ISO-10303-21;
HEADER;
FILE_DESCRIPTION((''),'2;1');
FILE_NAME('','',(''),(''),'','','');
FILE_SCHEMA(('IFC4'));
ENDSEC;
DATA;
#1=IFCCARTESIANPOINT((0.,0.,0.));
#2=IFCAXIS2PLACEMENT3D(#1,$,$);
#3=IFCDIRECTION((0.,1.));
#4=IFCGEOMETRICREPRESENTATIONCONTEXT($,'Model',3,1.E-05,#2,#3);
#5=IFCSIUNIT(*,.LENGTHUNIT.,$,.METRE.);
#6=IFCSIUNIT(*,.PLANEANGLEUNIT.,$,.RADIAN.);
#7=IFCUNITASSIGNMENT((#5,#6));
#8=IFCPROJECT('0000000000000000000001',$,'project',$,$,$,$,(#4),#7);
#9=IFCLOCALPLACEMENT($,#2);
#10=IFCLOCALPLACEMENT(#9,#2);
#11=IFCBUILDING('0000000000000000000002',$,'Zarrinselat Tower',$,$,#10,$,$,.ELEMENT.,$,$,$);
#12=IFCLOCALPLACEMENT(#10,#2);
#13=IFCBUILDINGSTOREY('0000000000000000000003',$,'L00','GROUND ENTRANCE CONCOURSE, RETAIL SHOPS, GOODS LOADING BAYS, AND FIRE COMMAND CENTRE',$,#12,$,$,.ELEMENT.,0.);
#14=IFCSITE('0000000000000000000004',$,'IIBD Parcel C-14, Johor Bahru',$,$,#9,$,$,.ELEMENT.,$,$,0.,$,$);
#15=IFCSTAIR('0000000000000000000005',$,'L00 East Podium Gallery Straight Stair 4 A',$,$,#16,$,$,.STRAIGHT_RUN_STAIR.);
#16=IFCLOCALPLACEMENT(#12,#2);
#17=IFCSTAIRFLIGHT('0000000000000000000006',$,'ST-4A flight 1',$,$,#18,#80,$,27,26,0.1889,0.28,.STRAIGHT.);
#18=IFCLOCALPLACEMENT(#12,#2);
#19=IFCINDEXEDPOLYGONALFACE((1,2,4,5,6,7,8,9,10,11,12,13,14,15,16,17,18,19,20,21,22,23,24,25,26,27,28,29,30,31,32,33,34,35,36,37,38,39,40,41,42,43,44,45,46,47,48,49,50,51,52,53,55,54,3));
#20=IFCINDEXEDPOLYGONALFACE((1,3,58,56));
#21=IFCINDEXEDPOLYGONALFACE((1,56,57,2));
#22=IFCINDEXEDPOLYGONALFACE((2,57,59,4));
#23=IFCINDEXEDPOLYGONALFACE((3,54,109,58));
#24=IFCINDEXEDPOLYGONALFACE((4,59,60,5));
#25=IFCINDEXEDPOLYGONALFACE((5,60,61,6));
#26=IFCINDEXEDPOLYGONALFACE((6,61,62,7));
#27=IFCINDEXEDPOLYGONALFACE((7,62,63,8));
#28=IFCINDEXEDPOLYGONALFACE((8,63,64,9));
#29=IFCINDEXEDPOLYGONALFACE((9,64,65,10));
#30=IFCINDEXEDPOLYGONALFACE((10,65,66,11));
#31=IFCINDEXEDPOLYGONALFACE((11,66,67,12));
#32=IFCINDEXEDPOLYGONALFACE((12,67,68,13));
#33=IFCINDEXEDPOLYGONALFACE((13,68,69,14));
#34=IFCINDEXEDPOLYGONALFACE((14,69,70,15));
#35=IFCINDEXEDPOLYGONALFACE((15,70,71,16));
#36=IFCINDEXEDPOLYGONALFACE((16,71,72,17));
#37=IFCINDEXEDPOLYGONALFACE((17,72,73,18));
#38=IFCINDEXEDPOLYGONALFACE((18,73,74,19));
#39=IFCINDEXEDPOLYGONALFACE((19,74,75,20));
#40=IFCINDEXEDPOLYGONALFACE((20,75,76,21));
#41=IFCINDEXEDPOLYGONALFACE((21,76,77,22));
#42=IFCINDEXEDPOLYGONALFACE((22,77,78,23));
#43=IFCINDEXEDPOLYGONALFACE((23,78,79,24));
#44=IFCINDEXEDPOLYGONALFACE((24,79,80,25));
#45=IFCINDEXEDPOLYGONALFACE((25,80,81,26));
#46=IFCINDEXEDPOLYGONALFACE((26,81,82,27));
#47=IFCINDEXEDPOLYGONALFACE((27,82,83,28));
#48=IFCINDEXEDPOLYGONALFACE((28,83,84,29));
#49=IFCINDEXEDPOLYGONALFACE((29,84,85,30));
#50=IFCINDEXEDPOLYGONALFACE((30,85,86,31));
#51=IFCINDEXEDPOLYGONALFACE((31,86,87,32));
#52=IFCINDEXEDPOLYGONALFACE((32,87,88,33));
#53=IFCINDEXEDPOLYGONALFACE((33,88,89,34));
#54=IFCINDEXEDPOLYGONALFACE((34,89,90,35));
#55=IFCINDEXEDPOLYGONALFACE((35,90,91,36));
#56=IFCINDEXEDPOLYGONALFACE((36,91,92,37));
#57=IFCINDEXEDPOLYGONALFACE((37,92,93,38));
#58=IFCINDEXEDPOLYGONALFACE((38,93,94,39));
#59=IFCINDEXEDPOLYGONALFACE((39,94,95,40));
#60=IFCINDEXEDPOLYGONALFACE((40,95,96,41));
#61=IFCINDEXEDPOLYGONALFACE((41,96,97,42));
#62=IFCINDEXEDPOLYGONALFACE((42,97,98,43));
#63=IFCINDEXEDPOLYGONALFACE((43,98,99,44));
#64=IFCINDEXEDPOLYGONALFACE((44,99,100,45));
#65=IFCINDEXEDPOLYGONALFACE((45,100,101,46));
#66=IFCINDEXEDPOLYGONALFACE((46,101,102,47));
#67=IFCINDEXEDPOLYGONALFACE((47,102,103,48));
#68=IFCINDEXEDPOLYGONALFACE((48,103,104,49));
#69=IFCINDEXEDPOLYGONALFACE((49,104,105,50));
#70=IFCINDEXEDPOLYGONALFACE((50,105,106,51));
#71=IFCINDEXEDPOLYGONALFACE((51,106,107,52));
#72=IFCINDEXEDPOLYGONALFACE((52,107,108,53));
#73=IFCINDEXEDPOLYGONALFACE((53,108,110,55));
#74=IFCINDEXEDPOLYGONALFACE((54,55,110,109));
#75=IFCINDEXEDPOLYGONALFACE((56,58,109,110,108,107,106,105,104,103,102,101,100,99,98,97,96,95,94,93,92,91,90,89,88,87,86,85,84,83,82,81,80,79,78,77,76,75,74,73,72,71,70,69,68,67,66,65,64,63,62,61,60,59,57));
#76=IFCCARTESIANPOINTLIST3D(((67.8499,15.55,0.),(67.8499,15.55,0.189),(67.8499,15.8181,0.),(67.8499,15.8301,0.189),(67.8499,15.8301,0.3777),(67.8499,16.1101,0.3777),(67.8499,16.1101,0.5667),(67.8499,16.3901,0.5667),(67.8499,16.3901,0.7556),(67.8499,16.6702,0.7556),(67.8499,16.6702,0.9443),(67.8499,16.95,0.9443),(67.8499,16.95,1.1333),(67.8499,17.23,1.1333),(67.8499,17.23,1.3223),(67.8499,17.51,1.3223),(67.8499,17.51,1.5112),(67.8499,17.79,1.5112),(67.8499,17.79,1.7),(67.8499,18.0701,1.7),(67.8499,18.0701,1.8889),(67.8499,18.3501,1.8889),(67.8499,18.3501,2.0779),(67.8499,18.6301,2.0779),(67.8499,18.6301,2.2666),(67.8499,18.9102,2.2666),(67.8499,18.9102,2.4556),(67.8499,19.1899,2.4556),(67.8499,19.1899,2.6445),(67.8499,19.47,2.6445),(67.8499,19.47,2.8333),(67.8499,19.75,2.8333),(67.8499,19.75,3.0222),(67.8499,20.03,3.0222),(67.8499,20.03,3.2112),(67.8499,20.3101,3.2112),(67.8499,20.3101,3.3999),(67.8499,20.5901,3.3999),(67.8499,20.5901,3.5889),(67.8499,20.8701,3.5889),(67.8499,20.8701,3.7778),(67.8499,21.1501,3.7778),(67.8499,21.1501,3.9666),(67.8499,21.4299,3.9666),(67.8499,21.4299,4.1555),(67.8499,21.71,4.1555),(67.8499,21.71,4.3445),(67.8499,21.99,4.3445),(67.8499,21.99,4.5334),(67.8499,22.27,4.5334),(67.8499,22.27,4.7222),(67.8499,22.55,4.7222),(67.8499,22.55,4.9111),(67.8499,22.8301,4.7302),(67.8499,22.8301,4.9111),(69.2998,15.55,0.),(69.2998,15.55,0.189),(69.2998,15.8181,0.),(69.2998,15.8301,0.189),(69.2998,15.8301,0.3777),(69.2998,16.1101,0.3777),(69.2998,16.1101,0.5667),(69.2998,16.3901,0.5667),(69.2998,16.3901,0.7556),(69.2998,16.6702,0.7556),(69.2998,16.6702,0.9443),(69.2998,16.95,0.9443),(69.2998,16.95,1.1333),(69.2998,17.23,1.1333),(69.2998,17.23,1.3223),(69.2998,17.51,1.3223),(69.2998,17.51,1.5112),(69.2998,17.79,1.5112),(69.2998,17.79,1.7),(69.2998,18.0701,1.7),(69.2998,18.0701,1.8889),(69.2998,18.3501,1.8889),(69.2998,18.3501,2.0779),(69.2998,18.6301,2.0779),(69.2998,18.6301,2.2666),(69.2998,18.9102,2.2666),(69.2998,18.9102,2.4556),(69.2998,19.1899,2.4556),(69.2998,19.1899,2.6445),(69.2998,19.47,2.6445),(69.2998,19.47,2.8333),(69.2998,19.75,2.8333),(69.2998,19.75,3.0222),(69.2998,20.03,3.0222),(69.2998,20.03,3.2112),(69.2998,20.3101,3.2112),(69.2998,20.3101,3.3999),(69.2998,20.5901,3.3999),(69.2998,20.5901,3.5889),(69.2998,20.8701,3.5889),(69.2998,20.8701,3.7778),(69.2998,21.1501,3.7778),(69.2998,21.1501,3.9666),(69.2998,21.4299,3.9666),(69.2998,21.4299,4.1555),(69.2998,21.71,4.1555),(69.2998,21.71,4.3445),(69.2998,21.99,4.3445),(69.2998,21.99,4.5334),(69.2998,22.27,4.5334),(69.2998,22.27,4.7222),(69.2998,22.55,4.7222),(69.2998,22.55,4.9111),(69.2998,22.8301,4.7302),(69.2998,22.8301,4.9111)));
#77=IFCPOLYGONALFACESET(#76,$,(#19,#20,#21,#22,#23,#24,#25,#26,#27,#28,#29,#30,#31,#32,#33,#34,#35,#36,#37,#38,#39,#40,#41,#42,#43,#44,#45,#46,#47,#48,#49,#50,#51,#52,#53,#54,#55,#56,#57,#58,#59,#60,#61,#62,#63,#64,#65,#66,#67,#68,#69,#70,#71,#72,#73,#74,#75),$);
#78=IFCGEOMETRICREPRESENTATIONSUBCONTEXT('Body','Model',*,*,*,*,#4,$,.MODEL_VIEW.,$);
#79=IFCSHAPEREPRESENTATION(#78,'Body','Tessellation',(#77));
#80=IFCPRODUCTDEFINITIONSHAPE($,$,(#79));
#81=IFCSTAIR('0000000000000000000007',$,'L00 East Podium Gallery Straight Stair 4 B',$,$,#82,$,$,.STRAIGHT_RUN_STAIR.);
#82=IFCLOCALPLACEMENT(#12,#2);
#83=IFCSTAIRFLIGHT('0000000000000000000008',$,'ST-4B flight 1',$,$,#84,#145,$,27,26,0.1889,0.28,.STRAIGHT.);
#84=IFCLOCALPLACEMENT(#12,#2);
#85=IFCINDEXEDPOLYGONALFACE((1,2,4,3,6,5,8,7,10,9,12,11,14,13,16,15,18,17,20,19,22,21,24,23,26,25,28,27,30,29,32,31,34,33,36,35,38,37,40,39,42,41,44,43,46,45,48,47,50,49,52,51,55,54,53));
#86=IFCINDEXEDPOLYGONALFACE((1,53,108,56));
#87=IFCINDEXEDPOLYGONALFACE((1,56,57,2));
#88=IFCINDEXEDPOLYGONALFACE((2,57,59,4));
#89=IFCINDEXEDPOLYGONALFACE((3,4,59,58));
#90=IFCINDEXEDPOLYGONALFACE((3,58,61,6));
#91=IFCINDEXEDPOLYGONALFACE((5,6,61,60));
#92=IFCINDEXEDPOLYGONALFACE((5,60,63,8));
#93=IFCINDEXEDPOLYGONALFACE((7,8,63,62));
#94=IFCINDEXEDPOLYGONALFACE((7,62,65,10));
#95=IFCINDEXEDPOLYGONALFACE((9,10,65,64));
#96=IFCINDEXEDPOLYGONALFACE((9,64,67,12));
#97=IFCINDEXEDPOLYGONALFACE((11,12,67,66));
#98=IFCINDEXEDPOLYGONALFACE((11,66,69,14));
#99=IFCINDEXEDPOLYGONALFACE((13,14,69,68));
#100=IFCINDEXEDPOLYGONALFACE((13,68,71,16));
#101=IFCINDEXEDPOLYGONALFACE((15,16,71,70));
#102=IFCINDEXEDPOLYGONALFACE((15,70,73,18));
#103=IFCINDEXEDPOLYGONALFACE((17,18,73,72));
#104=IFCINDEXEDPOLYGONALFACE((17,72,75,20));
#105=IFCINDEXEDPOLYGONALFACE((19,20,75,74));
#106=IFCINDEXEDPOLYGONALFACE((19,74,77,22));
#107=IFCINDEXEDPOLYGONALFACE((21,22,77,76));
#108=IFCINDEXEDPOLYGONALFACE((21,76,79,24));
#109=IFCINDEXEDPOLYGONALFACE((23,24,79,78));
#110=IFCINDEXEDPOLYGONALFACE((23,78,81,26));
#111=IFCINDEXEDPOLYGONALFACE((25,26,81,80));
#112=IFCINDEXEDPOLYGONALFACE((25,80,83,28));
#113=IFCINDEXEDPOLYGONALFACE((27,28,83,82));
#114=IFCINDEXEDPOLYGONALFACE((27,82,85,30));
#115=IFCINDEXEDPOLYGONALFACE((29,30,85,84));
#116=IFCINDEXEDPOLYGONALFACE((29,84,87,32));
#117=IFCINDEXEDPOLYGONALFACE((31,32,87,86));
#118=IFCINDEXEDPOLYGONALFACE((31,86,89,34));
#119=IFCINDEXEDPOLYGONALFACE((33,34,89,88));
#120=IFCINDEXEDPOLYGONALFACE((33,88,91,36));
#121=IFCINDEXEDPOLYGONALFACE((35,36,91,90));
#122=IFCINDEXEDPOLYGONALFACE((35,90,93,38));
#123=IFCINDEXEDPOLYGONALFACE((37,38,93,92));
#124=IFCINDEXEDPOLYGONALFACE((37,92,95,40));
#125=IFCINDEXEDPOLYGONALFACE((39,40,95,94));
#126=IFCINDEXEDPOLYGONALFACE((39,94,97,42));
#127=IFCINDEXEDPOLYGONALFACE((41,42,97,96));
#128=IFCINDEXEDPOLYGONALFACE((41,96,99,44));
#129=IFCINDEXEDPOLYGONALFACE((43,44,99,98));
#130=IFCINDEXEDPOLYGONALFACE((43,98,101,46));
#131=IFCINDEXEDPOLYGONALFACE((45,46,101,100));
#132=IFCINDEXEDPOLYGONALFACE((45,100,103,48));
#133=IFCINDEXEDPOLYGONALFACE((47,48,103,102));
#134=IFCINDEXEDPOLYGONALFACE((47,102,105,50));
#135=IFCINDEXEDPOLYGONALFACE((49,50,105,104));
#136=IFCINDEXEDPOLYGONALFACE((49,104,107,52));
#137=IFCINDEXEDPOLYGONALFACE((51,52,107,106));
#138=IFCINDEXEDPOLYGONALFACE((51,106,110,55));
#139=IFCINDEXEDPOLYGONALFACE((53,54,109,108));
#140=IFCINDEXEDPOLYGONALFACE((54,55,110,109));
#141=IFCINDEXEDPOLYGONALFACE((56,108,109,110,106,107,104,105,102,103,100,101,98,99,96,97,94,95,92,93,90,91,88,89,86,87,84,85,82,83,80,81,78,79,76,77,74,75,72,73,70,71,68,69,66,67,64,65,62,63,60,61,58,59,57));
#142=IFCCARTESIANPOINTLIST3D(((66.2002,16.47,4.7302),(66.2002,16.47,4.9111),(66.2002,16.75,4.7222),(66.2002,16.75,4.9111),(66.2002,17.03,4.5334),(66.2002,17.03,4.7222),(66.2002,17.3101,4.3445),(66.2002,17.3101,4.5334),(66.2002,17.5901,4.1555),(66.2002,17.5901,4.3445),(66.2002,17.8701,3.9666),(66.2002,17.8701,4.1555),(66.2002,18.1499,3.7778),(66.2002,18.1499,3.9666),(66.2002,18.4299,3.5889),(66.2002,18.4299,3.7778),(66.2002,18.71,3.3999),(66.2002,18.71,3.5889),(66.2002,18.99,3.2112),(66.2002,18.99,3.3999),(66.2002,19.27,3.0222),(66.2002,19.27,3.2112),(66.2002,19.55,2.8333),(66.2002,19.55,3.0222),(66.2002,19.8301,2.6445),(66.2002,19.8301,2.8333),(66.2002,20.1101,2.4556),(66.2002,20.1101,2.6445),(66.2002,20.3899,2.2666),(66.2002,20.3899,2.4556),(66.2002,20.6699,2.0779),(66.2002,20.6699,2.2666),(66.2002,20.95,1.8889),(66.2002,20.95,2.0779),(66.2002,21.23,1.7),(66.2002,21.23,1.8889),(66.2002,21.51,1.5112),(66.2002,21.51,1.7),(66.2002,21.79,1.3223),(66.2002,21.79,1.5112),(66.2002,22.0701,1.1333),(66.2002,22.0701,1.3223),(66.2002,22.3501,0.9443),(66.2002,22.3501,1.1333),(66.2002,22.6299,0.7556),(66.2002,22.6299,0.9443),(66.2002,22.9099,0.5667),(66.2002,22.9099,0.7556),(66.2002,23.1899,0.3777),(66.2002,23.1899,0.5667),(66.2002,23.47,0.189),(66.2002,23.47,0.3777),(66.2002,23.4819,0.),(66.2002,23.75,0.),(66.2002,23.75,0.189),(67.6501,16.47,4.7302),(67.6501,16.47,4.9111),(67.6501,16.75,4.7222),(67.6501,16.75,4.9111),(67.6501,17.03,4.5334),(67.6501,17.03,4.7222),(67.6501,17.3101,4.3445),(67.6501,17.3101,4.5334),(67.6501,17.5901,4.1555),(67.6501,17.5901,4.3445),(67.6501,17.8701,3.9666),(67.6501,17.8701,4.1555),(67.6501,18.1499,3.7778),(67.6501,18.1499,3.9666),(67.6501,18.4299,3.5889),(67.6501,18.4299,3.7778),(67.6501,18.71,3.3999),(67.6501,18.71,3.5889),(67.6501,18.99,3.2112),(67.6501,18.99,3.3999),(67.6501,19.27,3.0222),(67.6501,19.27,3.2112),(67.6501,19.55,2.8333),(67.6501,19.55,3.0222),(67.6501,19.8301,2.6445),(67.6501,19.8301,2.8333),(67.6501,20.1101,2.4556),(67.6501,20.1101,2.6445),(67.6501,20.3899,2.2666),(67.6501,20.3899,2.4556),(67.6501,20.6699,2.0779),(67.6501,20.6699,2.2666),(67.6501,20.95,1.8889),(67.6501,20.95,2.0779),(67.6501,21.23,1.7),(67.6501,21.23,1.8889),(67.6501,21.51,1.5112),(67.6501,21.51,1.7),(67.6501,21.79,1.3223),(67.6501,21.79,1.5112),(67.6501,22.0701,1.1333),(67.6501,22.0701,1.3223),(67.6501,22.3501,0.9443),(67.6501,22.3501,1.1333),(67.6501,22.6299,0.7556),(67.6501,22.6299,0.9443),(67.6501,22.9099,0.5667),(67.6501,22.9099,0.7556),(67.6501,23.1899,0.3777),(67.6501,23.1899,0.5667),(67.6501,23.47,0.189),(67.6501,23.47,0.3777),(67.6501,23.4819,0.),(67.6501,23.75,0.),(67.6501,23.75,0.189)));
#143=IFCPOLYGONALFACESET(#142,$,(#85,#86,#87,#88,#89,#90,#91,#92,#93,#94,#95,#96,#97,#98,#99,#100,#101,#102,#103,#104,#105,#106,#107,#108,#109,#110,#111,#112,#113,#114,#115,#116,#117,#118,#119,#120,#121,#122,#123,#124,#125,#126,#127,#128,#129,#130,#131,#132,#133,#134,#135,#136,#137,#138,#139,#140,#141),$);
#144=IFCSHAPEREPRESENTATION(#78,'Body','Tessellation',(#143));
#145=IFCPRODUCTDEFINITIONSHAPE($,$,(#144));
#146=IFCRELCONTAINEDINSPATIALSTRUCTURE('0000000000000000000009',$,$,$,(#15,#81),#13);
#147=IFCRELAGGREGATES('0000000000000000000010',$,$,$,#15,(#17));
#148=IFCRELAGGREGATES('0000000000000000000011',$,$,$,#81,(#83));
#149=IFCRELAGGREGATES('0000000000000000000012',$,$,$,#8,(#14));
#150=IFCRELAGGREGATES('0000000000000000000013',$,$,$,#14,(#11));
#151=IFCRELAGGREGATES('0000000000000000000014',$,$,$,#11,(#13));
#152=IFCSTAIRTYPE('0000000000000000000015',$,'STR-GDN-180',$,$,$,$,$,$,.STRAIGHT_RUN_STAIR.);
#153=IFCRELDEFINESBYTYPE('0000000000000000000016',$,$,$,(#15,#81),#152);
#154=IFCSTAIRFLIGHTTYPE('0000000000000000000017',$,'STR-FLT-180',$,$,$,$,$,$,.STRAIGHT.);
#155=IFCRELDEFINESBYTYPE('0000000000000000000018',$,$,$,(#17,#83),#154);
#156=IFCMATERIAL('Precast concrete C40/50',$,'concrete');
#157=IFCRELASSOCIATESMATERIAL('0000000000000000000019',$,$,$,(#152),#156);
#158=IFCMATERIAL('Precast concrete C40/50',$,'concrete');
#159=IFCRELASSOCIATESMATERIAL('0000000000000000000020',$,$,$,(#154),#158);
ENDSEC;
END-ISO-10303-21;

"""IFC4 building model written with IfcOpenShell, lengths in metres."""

from ifc_helpers import new_model, si_unit, direction, frame, origin, place, context, subcontext, project, spatial, polyline, outline, extrude, material, type_object, element, aggregate, save


model = new_model("IFC4")

# Units and contexts
model_context = context("Model", 3, precision=1e-05, world=origin(), true_north=direction((0.0, 1.0)))
body_context = subcontext(model_context, "Body", "Model", "MODEL_VIEW")
ifc_project = project(units=[si_unit("LENGTHUNIT", "METRE"), si_unit("PLANEANGLEUNIT", "RADIAN")], contexts=[model_context])

# Site, building, storey
site_placement = place(None, origin())
site = spatial("IfcSite", under=ifc_project, at=site_placement, Name="IIBD Parcel C-14, Johor Bahru", CompositionType="ELEMENT", RefElevation=0.0)
building_placement = place(site_placement, origin())
building = spatial("IfcBuilding", under=site, at=building_placement, Name="Zarrinselat Tower", CompositionType="ELEMENT")
storey_placement = place(building_placement, origin())
storey = spatial("IfcBuildingStorey", under=building, at=storey_placement, Name="L00", Description="GROUND ENTRANCE CONCOURSE, RETAIL SHOPS, GOODS LOADING BAYS, AND FIRE COMMAND CENTRE", CompositionType="ELEMENT", Elevation=0.0)

# Stairs, stair flights
ifc_material_1 = material(Name="Precast concrete C40/50", Category="concrete")
stair_type = type_object("IfcStairType", Name="STR-GDN-180", PredefinedType="STRAIGHT_RUN_STAIR", material=ifc_material_1)
stair_1_placement = place(storey_placement, origin())
stair_1 = element("IfcStair", 1, at=stair_1_placement, inside=storey, type_object=stair_type, Name="L00 East Podium Gallery Straight Stair 4 A", PredefinedType="STRAIGHT_RUN_STAIR")
ifc_material_2 = material(Name="Precast concrete C40/50", Category="concrete")
stair_flight_type = type_object("IfcStairFlightType", Name="STR-FLT-180", PredefinedType="STRAIGHT", material=ifc_material_2)
stair_flight_1_placement = place(storey_placement, frame((68.575, 15.55, 0.0), z_axis=(0.0, 0.0, 1.0), x_axis=(0.0, 1.0, 0.0)))
stair_flight_1 = element("IfcStairFlight", 2, at=stair_flight_1_placement, type_object=stair_flight_type, Name="ST-4A flight 1", NumberOfRisers=27, NumberOfTreads=26, PredefinedType="STRAIGHT", RiserHeight=0.1889, TreadLength=0.28, context=body_context, shape_type="SweptSolid", body=[
    extrude(outline(polyline([(0.0, 0.0), (0.0, 0.189), (0.28, 0.189), (0.28, 0.3777), (0.5601, 0.3777), (0.5601, 0.5667), (0.8401, 0.5667), (0.8401, 0.7556), (1.1201, 0.7556), (1.1201, 0.9443), (1.3999, 0.9443), (1.3999, 1.1333), (1.6799, 1.1333), (1.6799, 1.3223), (1.96, 1.3223), (1.96, 1.5112), (2.24, 1.5112), (2.24, 1.7), (2.52, 1.7), (2.52, 1.8889), (2.8, 1.8889), (2.8, 2.0779), (3.0801, 2.0779), (3.0801, 2.2666), (3.3601, 2.2666), (3.3601, 2.4556), (3.6399, 2.4556), (3.6399, 2.6445), (3.9199, 2.6445), (3.9199, 2.8333), (4.2, 2.8333), (4.2, 3.0222), (4.48, 3.0222), (4.48, 3.2112), (4.76, 3.2112), (4.76, 3.3999), (5.04, 3.3999), (5.04, 3.5889), (5.3201, 3.5889), (5.3201, 3.7778), (5.6001, 3.7778), (5.6001, 3.9666), (5.8799, 3.9666), (5.8799, 4.1555), (6.1599, 4.1555), (6.1599, 4.3445), (6.4399, 4.3445), (6.4399, 4.5334), (6.72, 4.5334), (6.72, 4.7222), (7.0, 4.7222), (7.0, 4.9111), (7.28, 4.9111), (7.28, 5.1001), (7.28, 4.7302), (0.2681, 0.0), (0.0, 0.0)])), frame((0.0, 0.7251, 0.0), z_axis=(0.0, -1.0, 0.0), x_axis=(1.0, 0.0, 0.0)), (0.0, 0.0, 1.0), 1.45),
])
aggregate(stair_1, [stair_flight_1])
stair_2_placement = place(storey_placement, origin())
stair_2 = element("IfcStair", 3, at=stair_2_placement, inside=storey, type_object=stair_type, Name="L00 East Podium Gallery Straight Stair 4 B", PredefinedType="STRAIGHT_RUN_STAIR")
stair_flight_2_placement = place(storey_placement, frame((66.925, 23.75, 0.0), z_axis=(0.0, 0.0, 1.0), x_axis=(0.0, -1.0, 0.0)))
stair_flight_2 = element("IfcStairFlight", 4, at=stair_flight_2_placement, type_object=stair_flight_type, Name="ST-4B flight 1", NumberOfRisers=27, NumberOfTreads=26, PredefinedType="STRAIGHT", RiserHeight=0.1889, TreadLength=0.28, context=body_context, shape_type="SweptSolid", body=[
    extrude(outline(polyline([(0.0, 0.0), (0.0, 0.189), (0.28, 0.189), (0.28, 0.3777), (0.5601, 0.3777), (0.5601, 0.5667), (0.8401, 0.5667), (0.8401, 0.7556), (1.1201, 0.7556), (1.1201, 0.9443), (1.3999, 0.9443), (1.3999, 1.1333), (1.6799, 1.1333), (1.6799, 1.3223), (1.96, 1.3223), (1.96, 1.5112), (2.24, 1.5112), (2.24, 1.7), (2.52, 1.7), (2.52, 1.8889), (2.8, 1.8889), (2.8, 2.0779), (3.0801, 2.0779), (3.0801, 2.2666), (3.3601, 2.2666), (3.3601, 2.4556), (3.6399, 2.4556), (3.6399, 2.6445), (3.9199, 2.6445), (3.9199, 2.8333), (4.2, 2.8333), (4.2, 3.0222), (4.48, 3.0222), (4.48, 3.2112), (4.76, 3.2112), (4.76, 3.3999), (5.04, 3.3999), (5.04, 3.5889), (5.3201, 3.5889), (5.3201, 3.7778), (5.6001, 3.7778), (5.6001, 3.9666), (5.8799, 3.9666), (5.8799, 4.1555), (6.1599, 4.1555), (6.1599, 4.3445), (6.4399, 4.3445), (6.4399, 4.5334), (6.72, 4.5334), (6.72, 4.7222), (7.0, 4.7222), (7.0, 4.9111), (7.28, 4.9111), (7.28, 5.1001), (7.28, 4.7302), (0.2681, 0.0), (0.0, 0.0)])), frame((0.0, 0.7251, 0.0), z_axis=(0.0, -1.0, 0.0), x_axis=(1.0, 0.0, 0.0)), (0.0, 0.0, 1.0), 1.45),
])
aggregate(stair_2, [stair_flight_2])

save(model, "model.ifc")
